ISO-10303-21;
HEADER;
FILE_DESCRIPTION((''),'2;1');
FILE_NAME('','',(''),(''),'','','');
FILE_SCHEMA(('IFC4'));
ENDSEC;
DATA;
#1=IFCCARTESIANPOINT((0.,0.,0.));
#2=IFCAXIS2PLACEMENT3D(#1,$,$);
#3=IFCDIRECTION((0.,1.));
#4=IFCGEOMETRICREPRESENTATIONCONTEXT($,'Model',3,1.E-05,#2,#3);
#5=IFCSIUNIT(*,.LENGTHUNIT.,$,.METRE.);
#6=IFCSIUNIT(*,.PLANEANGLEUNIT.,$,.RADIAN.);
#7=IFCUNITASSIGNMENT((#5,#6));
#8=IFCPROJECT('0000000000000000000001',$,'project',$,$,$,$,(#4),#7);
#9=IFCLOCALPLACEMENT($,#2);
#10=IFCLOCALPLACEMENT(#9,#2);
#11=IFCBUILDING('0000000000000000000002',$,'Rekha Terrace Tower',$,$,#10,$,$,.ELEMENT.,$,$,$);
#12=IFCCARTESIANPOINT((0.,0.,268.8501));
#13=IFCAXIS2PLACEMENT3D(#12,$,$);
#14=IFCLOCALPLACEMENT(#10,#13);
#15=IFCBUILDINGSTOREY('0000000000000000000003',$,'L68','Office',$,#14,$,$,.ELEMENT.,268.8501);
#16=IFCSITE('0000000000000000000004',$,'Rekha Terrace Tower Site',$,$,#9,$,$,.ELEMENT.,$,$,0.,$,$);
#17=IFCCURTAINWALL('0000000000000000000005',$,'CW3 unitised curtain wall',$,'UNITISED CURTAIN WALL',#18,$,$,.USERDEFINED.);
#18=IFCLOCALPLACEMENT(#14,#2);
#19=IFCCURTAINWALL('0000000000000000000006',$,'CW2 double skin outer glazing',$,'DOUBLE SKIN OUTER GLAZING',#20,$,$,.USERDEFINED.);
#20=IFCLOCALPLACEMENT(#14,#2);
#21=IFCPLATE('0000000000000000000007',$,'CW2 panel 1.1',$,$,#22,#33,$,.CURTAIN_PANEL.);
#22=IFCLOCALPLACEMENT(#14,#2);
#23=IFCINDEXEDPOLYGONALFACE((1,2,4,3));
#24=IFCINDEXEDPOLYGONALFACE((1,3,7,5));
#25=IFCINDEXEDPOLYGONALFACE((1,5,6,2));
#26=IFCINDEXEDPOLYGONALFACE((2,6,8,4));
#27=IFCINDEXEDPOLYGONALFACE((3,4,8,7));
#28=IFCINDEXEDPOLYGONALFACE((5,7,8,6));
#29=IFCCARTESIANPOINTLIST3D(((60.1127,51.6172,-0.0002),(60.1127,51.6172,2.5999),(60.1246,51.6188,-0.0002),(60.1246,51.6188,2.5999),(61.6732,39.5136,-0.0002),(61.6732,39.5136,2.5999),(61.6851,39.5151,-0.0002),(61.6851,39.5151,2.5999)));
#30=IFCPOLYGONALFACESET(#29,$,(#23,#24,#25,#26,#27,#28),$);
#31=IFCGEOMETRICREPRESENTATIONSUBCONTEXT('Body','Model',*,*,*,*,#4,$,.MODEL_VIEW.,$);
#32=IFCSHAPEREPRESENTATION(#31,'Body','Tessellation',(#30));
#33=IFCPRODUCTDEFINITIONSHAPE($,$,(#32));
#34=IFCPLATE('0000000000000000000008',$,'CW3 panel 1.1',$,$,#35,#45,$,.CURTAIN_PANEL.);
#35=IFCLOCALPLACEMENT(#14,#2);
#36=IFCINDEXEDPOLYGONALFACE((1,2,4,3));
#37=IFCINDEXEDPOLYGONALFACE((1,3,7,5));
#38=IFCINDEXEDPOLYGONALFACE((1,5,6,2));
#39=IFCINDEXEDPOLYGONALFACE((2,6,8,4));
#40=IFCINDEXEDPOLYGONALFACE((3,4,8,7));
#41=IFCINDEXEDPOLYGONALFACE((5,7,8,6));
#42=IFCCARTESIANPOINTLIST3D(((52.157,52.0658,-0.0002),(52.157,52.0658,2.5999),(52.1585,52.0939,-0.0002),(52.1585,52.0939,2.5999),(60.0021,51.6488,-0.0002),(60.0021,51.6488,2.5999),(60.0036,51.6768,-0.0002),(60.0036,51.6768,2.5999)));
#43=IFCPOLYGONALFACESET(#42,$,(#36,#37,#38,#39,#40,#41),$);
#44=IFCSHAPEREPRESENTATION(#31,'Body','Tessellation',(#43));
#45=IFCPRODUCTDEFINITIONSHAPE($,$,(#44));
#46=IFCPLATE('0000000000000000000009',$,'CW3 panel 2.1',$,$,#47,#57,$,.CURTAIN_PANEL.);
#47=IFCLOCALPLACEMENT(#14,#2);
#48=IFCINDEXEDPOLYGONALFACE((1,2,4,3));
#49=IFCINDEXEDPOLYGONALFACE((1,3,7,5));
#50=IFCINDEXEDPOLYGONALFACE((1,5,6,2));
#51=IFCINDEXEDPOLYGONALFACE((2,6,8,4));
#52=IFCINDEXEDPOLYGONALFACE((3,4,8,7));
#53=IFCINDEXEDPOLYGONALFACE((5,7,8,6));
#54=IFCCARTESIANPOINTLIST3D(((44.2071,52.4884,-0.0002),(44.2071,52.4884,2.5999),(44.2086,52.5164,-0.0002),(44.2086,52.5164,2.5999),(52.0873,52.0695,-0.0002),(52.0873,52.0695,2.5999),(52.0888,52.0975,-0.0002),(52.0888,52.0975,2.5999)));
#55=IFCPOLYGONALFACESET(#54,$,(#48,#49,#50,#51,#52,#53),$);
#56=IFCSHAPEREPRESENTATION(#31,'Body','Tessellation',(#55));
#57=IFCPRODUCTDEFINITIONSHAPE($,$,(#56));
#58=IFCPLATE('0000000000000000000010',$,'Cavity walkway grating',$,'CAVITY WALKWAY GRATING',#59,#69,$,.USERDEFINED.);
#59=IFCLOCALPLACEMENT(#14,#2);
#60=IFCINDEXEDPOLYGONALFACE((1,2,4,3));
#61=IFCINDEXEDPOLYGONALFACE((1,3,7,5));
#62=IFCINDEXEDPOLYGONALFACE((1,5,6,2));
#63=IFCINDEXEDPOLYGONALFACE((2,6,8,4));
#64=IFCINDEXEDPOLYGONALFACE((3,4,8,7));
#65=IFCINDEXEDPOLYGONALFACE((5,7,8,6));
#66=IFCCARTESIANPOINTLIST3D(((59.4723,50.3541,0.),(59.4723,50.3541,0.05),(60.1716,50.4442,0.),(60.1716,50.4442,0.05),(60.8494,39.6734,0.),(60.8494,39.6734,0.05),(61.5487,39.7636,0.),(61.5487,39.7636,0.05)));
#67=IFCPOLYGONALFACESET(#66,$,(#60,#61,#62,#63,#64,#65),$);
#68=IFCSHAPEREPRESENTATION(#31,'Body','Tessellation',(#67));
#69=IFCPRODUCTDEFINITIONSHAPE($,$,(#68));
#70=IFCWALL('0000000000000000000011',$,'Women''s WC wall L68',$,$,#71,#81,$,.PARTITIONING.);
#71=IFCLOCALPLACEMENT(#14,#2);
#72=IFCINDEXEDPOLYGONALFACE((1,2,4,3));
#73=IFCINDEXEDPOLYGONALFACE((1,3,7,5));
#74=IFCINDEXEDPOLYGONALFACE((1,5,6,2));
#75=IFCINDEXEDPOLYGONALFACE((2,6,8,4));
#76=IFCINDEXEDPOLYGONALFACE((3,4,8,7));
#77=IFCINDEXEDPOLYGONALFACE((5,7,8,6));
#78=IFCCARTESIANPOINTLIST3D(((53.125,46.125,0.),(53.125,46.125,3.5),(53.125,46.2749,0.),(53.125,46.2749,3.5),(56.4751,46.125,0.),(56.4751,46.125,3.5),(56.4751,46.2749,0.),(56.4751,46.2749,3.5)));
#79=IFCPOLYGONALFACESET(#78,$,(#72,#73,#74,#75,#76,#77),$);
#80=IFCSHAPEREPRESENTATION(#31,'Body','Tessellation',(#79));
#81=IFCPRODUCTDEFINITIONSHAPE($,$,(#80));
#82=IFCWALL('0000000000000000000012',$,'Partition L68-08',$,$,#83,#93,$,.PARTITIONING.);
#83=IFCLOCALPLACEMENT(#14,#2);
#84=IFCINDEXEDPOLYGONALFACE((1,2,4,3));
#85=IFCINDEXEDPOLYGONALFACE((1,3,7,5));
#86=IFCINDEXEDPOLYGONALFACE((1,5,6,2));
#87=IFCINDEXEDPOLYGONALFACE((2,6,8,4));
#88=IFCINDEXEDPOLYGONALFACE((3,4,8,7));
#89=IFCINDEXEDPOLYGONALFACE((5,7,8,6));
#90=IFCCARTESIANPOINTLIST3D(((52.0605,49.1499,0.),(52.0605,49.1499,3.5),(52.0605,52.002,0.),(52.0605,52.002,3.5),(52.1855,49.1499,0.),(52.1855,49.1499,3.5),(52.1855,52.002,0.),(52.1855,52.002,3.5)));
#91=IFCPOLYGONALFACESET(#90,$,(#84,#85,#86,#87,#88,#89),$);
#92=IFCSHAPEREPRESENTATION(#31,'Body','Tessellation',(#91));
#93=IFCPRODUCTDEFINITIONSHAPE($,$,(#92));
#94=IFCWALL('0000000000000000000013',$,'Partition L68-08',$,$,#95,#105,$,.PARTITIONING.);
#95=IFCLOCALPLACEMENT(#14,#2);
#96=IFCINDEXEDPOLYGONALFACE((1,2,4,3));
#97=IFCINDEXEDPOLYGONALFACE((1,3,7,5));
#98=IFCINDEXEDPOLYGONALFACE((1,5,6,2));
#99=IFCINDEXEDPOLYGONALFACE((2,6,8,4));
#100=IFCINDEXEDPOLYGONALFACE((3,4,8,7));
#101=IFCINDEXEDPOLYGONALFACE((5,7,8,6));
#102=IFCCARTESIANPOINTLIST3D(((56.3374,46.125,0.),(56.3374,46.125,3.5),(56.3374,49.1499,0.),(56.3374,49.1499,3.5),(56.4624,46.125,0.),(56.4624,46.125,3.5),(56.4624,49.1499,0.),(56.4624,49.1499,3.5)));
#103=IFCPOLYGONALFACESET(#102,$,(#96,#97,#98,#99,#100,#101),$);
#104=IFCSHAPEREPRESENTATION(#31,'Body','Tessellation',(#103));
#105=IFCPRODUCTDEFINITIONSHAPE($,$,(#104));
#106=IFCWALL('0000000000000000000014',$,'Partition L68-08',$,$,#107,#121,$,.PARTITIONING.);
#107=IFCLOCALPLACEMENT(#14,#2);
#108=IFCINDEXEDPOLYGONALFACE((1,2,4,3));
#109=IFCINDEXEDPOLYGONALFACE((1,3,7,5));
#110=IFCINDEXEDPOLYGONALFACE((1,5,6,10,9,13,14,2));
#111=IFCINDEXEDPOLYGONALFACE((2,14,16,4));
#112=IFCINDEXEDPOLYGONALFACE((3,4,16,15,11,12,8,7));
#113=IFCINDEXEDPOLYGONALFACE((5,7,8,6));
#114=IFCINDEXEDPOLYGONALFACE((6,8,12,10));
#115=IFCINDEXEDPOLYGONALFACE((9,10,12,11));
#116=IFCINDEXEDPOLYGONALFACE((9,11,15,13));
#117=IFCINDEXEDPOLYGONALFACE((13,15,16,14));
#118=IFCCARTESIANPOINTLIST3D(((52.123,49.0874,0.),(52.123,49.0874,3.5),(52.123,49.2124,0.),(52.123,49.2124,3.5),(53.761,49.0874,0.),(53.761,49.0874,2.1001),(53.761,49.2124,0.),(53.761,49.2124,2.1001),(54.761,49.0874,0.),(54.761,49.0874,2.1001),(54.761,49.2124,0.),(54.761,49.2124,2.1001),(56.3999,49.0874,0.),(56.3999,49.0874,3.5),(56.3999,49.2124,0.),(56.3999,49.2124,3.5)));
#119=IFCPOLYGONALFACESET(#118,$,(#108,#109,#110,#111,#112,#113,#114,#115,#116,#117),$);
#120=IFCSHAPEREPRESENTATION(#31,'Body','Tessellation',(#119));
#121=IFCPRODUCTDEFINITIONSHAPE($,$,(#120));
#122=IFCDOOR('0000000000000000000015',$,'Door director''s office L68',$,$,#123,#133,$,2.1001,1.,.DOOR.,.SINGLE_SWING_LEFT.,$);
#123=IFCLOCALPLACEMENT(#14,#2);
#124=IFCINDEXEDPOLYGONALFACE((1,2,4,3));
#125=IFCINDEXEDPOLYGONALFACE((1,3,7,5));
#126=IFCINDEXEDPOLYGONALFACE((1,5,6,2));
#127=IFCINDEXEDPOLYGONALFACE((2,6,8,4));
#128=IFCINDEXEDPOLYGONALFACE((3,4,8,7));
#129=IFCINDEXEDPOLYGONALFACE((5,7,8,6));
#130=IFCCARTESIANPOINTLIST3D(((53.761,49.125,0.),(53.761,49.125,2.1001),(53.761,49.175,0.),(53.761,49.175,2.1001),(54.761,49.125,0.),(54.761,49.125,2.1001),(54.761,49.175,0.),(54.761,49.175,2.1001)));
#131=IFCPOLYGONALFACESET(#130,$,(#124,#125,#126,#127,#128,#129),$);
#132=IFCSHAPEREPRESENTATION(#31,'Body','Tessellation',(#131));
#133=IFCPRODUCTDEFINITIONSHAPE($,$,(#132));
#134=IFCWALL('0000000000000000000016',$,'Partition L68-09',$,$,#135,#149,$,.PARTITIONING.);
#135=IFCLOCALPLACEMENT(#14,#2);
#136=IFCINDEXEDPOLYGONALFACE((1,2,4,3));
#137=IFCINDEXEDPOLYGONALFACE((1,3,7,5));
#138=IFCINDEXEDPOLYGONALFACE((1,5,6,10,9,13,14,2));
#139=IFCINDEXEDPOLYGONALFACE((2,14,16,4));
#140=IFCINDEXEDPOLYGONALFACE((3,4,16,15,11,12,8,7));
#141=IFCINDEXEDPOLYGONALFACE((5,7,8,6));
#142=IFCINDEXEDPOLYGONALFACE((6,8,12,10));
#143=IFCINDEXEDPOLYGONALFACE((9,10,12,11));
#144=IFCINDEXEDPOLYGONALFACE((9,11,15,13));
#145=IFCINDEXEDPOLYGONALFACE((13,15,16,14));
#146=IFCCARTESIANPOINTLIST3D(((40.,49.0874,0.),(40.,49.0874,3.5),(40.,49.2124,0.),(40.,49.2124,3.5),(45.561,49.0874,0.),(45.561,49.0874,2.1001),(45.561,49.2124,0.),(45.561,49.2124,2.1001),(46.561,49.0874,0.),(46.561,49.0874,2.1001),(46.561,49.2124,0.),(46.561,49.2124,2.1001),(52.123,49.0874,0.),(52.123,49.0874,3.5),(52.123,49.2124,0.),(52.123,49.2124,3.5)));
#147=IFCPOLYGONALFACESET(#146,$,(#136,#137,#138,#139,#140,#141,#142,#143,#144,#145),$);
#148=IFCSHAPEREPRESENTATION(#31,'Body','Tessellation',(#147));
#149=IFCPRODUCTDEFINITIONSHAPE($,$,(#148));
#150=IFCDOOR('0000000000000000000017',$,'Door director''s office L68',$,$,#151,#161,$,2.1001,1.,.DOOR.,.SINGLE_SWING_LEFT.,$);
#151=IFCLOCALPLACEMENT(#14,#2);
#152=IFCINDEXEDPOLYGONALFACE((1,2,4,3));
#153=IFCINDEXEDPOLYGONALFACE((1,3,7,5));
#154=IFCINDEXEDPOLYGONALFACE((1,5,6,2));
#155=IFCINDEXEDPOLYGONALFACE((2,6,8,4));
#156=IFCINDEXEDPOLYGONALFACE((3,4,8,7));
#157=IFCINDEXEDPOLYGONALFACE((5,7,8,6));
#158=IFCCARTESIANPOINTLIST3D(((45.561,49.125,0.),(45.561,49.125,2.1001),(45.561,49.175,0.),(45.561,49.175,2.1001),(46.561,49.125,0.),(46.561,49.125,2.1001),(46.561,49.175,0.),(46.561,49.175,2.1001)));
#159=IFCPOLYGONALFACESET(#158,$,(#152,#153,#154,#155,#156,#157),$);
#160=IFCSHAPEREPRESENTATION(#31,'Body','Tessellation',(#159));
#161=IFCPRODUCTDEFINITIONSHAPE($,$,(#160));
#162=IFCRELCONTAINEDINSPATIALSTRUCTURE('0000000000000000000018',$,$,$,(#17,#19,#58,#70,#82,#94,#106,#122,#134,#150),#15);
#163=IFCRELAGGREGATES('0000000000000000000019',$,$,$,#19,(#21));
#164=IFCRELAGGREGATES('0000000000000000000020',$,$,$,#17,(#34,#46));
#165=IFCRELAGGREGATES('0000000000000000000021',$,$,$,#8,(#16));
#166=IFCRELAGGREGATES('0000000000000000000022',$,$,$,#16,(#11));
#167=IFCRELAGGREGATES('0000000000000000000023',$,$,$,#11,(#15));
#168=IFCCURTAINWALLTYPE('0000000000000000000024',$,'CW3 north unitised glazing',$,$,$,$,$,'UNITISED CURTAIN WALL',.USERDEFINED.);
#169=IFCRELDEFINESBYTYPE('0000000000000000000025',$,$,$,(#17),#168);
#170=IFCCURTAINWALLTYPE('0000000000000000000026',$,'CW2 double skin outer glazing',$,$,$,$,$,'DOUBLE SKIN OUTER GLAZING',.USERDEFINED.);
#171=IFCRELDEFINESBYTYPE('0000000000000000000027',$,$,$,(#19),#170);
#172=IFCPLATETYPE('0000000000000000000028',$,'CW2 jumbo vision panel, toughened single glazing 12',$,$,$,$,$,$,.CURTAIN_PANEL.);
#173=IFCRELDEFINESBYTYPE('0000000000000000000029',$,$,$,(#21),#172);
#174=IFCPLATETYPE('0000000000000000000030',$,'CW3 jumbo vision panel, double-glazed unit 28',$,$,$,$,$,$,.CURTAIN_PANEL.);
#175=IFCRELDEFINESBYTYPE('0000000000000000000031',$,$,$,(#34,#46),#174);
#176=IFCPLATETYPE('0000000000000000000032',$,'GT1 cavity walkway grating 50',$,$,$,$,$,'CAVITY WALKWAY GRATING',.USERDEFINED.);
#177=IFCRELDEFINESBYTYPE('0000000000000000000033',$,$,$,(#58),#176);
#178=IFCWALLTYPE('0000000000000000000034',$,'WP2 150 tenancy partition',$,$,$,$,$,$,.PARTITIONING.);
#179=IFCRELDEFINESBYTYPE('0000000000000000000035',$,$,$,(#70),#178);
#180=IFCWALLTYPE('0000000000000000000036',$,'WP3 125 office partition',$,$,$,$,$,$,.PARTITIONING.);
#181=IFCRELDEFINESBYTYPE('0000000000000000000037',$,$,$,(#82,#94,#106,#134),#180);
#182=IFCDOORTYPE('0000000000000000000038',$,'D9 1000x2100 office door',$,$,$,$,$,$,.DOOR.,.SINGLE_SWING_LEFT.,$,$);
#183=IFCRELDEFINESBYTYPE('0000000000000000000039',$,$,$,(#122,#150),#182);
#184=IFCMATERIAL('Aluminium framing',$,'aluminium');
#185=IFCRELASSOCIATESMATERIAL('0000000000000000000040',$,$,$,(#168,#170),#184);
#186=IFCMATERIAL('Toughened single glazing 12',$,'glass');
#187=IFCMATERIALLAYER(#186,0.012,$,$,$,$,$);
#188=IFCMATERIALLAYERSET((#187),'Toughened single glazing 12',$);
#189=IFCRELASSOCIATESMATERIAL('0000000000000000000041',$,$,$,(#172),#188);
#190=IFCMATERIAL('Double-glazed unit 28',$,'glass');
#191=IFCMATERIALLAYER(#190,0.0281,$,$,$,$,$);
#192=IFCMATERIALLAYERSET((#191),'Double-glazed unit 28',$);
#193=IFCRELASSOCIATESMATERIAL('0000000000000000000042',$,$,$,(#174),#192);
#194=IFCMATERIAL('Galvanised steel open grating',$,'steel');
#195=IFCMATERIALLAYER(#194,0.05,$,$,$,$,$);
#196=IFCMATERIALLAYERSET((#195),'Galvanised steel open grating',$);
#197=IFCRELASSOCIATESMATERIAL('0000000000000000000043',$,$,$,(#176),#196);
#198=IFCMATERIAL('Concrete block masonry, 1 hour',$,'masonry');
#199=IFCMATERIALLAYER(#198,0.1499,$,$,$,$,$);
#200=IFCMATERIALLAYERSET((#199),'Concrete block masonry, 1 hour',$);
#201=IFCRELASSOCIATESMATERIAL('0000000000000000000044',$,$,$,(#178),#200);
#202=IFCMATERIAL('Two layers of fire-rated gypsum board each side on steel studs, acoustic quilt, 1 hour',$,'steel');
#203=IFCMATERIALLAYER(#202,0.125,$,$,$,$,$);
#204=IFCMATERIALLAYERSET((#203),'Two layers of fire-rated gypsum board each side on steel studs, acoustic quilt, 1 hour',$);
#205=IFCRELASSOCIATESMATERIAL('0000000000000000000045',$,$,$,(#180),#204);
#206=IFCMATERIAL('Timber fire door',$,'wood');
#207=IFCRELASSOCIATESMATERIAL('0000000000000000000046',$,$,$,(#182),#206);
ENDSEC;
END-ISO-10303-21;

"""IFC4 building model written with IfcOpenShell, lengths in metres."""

from ifc_helpers import new_model, si_unit, direction, frame, frame_2d, origin, origin_2d, place, context, subcontext, project, spatial, rectangle, extrude, material, layer, layer_set, type_object, element, fill, aggregate, save


model = new_model("IFC4")

# Units and contexts
model_context = context("Model", 3, precision=1e-05, world=origin(), true_north=direction((0.0, 1.0)))
body_context = subcontext(model_context, "Body", "Model", "MODEL_VIEW")
ifc_project = project(units=[si_unit("LENGTHUNIT", "METRE"), si_unit("PLANEANGLEUNIT", "RADIAN")], contexts=[model_context])

# Site, building, storey
site_placement = place(None, origin())
site = spatial("IfcSite", under=ifc_project, at=site_placement, Name="Rekha Terrace Tower Site", CompositionType="ELEMENT", RefElevation=0.0)
building_placement = place(site_placement, origin())
building = spatial("IfcBuilding", under=site, at=building_placement, Name="Rekha Terrace Tower", CompositionType="ELEMENT")
storey_placement = place(building_placement, frame((0.0, 0.0, 268.8501)))
storey = spatial("IfcBuildingStorey", under=building, at=storey_placement, Name="L68", Description="Office", CompositionType="ELEMENT", Elevation=268.8501)

# Curtain walls
ifc_material_1 = material(Name="Aluminium framing", Category="aluminium")
curtain_wall_type_1 = type_object("IfcCurtainWallType", Name="CW3 north unitised glazing", ElementType="UNITISED CURTAIN WALL", PredefinedType="USERDEFINED", material=ifc_material_1)
curtain_wall_1_placement = place(storey_placement, origin())
curtain_wall_1 = element("IfcCurtainWall", 1, at=curtain_wall_1_placement, inside=storey, type_object=curtain_wall_type_1, Name="CW3 unitised curtain wall", ObjectType="UNITISED CURTAIN WALL", PredefinedType="USERDEFINED")
curtain_wall_type_2 = type_object("IfcCurtainWallType", Name="CW2 double skin outer glazing", ElementType="DOUBLE SKIN OUTER GLAZING", PredefinedType="USERDEFINED", material=ifc_material_1)
curtain_wall_2_placement = place(storey_placement, origin())
curtain_wall_2 = element("IfcCurtainWall", 2, at=curtain_wall_2_placement, inside=storey, type_object=curtain_wall_type_2, Name="CW2 double skin outer glazing", ObjectType="DOUBLE SKIN OUTER GLAZING", PredefinedType="USERDEFINED")

# Plates
ifc_material_2 = material(Name="Toughened single glazing 12", Category="glass")
ifc_layer_1 = layer(ifc_material_2, 0.012)
ifc_layer_set_1 = layer_set([ifc_layer_1], Name="Toughened single glazing 12")
plate_type_1 = type_object("IfcPlateType", Name="CW2 jumbo vision panel, toughened single glazing 12", PredefinedType="CURTAIN_PANEL", material=ifc_layer_set_1)
plate_1_placement = place(storey_placement, frame((60.8989, 45.5662, -0.0002), z_axis=(0.0, 0.0, 1.0), x_axis=(-0.12787, 0.991791, 0.0)))
plate_1 = element("IfcPlate", 3, at=plate_1_placement, type_object=plate_type_1, Name="CW2 panel 1.1", PredefinedType="CURTAIN_PANEL", context=body_context, shape_type="SweptSolid", body=[
    extrude(rectangle(XDim=12.2039, YDim=0.012, at=origin_2d()), origin(), (0.0, 0.0, 1.0), 2.6001),
])
aggregate(curtain_wall_2, [plate_1])
ifc_material_3 = material(Name="Double-glazed unit 28", Category="glass")
ifc_layer_2 = layer(ifc_material_3, 0.0281)
ifc_layer_set_2 = layer_set([ifc_layer_2], Name="Double-glazed unit 28")
plate_type_2 = type_object("IfcPlateType", Name="CW3 jumbo vision panel, double-glazed unit 28", PredefinedType="CURTAIN_PANEL", material=ifc_layer_set_2)
plate_2_placement = place(storey_placement, frame((56.0803, 51.8713, -0.0002), z_axis=(0.0, 0.0, 1.0), x_axis=(-0.99859, 0.053083, 0.0)))
plate_2 = element("IfcPlate", 4, at=plate_2_placement, type_object=plate_type_2, Name="CW3 panel 1.1", PredefinedType="CURTAIN_PANEL", context=body_context, shape_type="SweptSolid", body=[
    extrude(rectangle(XDim=7.8562, YDim=0.0281, at=origin_2d()), origin(), (0.0, 0.0, 1.0), 2.6001),
])
plate_3_placement = place(storey_placement, frame((48.1479, 52.293, -0.0002), z_axis=(0.0, 0.0, 1.0), x_axis=(-0.99859, 0.053083, 0.0)))
plate_3 = element("IfcPlate", 5, at=plate_3_placement, type_object=plate_type_2, Name="CW3 panel 2.1", PredefinedType="CURTAIN_PANEL", context=body_context, shape_type="SweptSolid", body=[
    extrude(rectangle(XDim=7.8914, YDim=0.0281, at=origin_2d()), origin(), (0.0, 0.0, 1.0), 2.6001),
])
aggregate(curtain_wall_1, [plate_2, plate_3])
ifc_material_4 = material(Name="Galvanised steel open grating", Category="steel")
ifc_layer_3 = layer(ifc_material_4, 0.05)
ifc_layer_set_3 = layer_set([ifc_layer_3], Name="Galvanised steel open grating")
plate_type_3 = type_object("IfcPlateType", Name="GT1 cavity walkway grating 50", ElementType="CAVITY WALKWAY GRATING", PredefinedType="USERDEFINED", material=ifc_layer_set_3)
plate_4_placement = place(storey_placement, frame((60.5105, 45.0588, 0.0), z_axis=(0.0, 0.0, 1.0), x_axis=(-0.12787, 0.991791, 0.0)))
element("IfcPlate", 6, at=plate_4_placement, inside=storey, type_object=plate_type_3, Name="Cavity walkway grating", ObjectType="CAVITY WALKWAY GRATING", PredefinedType="USERDEFINED", context=body_context, shape_type="SweptSolid", body=[
    extrude(rectangle(XDim=10.769, YDim=0.7051, at=origin_2d()), origin(), (0.0, 0.0, 1.0), 0.05),
])

# Walls
ifc_material_5 = material(Name="Concrete block masonry, 1 hour", Category="masonry")
ifc_layer_4 = layer(ifc_material_5, 0.1499)
ifc_layer_set_4 = layer_set([ifc_layer_4], Name="Concrete block masonry, 1 hour")
wall_type_1 = type_object("IfcWallType", Name="WP2 150 tenancy partition", PredefinedType="PARTITIONING", material=ifc_layer_set_4)
wall_1_placement = place(storey_placement, frame((53.125, 46.2, 0.0), z_axis=(0.0, 0.0, 1.0), x_axis=(1.0, 0.0, 0.0)))
element("IfcWall", 7, at=wall_1_placement, inside=storey, type_object=wall_type_1, Name="Women's WC wall L68", PredefinedType="PARTITIONING", context=body_context, shape_type="SweptSolid", body=[
    extrude(rectangle(XDim=3.3501, YDim=0.1499, at=frame_2d((1.675, 0.0))), origin(), (0.0, 0.0, 1.0), 3.5),
])
ifc_material_6 = material(Name="Two layers of fire-rated gypsum board each side on steel studs, acoustic quilt, 1 hour", Category="steel")
ifc_layer_5 = layer(ifc_material_6, 0.125)
ifc_layer_set_5 = layer_set([ifc_layer_5], Name="Two layers of fire-rated gypsum board each side on steel studs, acoustic quilt, 1 hour")
wall_type_2 = type_object("IfcWallType", Name="WP3 125 office partition", PredefinedType="PARTITIONING", material=ifc_layer_set_5)
wall_2_placement = place(storey_placement, frame((52.123, 49.1499, 0.0), z_axis=(0.0, 0.0, 1.0), x_axis=(0.0, 1.0, 0.0)))
element("IfcWall", 8, at=wall_2_placement, inside=storey, type_object=wall_type_2, Name="Partition L68-08", PredefinedType="PARTITIONING", context=body_context, shape_type="SweptSolid", body=[
    extrude(rectangle(XDim=2.8521, YDim=0.125, at=frame_2d((1.426, 0.0))), origin(), (0.0, 0.0, 1.0), 3.5),
])
wall_3_placement = place(storey_placement, frame((56.3999, 46.125, 0.0), z_axis=(0.0, 0.0, 1.0), x_axis=(0.0, 1.0, 0.0)))
element("IfcWall", 9, at=wall_3_placement, inside=storey, type_object=wall_type_2, Name="Partition L68-08", PredefinedType="PARTITIONING", context=body_context, shape_type="SweptSolid", body=[
    extrude(rectangle(XDim=3.0249, YDim=0.125, at=frame_2d((1.5125, 0.0))), origin(), (0.0, 0.0, 1.0), 3.5),
])

# Walls, openings, doors
wall_4_placement = place(storey_placement, frame((56.3999, 49.1499, 0.0), z_axis=(0.0, 0.0, 1.0), x_axis=(-1.0, 0.0, 0.0)))
wall_4 = element("IfcWall", 10, at=wall_4_placement, inside=storey, type_object=wall_type_2, Name="Partition L68-08", PredefinedType="PARTITIONING", context=body_context, shape_type="SweptSolid", body=[
    extrude(rectangle(XDim=4.2769, YDim=0.125, at=frame_2d((2.1384, 0.0))), origin(), (0.0, 0.0, 1.0), 3.5),
])
opening_1_placement = place(wall_4_placement, frame((1.6389, 0.0, 0.0)))
opening_1 = element("IfcOpeningElement", 11, at=opening_1_placement, cuts=wall_4, PredefinedType="OPENING", context=body_context, shape_type="SweptSolid", body=[
    extrude(rectangle(XDim=1.0, YDim=2.1001, at=frame_2d((0.5, 1.05))), frame((0.0, 0.0725, 0.0), z_axis=(0.0, -1.0, 0.0), x_axis=(1.0, 0.0, 0.0)), (0.0, 0.0, 1.0), 0.145),
])
ifc_material_7 = material(Name="Timber fire door", Category="wood")
door_type = type_object("IfcDoorType", Name="D9 1000x2100 office door", OperationType="SINGLE_SWING_LEFT", PredefinedType="DOOR", material=ifc_material_7)
door_1_placement = place(opening_1_placement, origin())
door_1 = element("IfcDoor", 12, at=door_1_placement, inside=storey, type_object=door_type, Name="Door director's office L68", OperationType="SINGLE_SWING_LEFT", OverallHeight=2.1001, OverallWidth=1.0, PredefinedType="DOOR", context=body_context, shape_type="SweptSolid", body=[
    extrude(rectangle(XDim=1.0, YDim=2.1001, at=frame_2d((0.5, 1.05))), frame((0.0, 0.0249, 0.0), z_axis=(0.0, -1.0, 0.0), x_axis=(1.0, 0.0, 0.0)), (0.0, 0.0, 1.0), 0.05),
])
fill(opening_1, door_1)
wall_5_placement = place(storey_placement, frame((52.123, 49.1499, 0.0), z_axis=(0.0, 0.0, 1.0), x_axis=(-1.0, 0.0, 0.0)))
wall_5 = element("IfcWall", 13, at=wall_5_placement, inside=storey, type_object=wall_type_2, Name="Partition L68-09", PredefinedType="PARTITIONING", context=body_context, shape_type="SweptSolid", body=[
    extrude(rectangle(XDim=12.123, YDim=0.125, at=frame_2d((6.0615, 0.0))), origin(), (0.0, 0.0, 1.0), 3.5),
])
opening_2_placement = place(wall_5_placement, frame((5.562, 0.0, 0.0)))
opening_2 = element("IfcOpeningElement", 14, at=opening_2_placement, cuts=wall_5, PredefinedType="OPENING", context=body_context, shape_type="SweptSolid", body=[
    extrude(rectangle(XDim=1.0, YDim=2.1001, at=frame_2d((0.5, 1.05))), frame((0.0, 0.0725, 0.0), z_axis=(0.0, -1.0, 0.0), x_axis=(1.0, 0.0, 0.0)), (0.0, 0.0, 1.0), 0.145),
])
door_2_placement = place(opening_2_placement, origin())
door_2 = element("IfcDoor", 15, at=door_2_placement, inside=storey, type_object=door_type, Name="Door director's office L68", OperationType="SINGLE_SWING_LEFT", OverallHeight=2.1001, OverallWidth=1.0, PredefinedType="DOOR", context=body_context, shape_type="SweptSolid", body=[
    extrude(rectangle(XDim=1.0, YDim=2.1001, at=frame_2d((0.5, 1.05))), frame((0.0, 0.0249, 0.0), z_axis=(0.0, -1.0, 0.0), x_axis=(1.0, 0.0, 0.0)), (0.0, 0.0, 1.0), 0.05),
])
fill(opening_2, door_2)

save(model, "model.ifc")
